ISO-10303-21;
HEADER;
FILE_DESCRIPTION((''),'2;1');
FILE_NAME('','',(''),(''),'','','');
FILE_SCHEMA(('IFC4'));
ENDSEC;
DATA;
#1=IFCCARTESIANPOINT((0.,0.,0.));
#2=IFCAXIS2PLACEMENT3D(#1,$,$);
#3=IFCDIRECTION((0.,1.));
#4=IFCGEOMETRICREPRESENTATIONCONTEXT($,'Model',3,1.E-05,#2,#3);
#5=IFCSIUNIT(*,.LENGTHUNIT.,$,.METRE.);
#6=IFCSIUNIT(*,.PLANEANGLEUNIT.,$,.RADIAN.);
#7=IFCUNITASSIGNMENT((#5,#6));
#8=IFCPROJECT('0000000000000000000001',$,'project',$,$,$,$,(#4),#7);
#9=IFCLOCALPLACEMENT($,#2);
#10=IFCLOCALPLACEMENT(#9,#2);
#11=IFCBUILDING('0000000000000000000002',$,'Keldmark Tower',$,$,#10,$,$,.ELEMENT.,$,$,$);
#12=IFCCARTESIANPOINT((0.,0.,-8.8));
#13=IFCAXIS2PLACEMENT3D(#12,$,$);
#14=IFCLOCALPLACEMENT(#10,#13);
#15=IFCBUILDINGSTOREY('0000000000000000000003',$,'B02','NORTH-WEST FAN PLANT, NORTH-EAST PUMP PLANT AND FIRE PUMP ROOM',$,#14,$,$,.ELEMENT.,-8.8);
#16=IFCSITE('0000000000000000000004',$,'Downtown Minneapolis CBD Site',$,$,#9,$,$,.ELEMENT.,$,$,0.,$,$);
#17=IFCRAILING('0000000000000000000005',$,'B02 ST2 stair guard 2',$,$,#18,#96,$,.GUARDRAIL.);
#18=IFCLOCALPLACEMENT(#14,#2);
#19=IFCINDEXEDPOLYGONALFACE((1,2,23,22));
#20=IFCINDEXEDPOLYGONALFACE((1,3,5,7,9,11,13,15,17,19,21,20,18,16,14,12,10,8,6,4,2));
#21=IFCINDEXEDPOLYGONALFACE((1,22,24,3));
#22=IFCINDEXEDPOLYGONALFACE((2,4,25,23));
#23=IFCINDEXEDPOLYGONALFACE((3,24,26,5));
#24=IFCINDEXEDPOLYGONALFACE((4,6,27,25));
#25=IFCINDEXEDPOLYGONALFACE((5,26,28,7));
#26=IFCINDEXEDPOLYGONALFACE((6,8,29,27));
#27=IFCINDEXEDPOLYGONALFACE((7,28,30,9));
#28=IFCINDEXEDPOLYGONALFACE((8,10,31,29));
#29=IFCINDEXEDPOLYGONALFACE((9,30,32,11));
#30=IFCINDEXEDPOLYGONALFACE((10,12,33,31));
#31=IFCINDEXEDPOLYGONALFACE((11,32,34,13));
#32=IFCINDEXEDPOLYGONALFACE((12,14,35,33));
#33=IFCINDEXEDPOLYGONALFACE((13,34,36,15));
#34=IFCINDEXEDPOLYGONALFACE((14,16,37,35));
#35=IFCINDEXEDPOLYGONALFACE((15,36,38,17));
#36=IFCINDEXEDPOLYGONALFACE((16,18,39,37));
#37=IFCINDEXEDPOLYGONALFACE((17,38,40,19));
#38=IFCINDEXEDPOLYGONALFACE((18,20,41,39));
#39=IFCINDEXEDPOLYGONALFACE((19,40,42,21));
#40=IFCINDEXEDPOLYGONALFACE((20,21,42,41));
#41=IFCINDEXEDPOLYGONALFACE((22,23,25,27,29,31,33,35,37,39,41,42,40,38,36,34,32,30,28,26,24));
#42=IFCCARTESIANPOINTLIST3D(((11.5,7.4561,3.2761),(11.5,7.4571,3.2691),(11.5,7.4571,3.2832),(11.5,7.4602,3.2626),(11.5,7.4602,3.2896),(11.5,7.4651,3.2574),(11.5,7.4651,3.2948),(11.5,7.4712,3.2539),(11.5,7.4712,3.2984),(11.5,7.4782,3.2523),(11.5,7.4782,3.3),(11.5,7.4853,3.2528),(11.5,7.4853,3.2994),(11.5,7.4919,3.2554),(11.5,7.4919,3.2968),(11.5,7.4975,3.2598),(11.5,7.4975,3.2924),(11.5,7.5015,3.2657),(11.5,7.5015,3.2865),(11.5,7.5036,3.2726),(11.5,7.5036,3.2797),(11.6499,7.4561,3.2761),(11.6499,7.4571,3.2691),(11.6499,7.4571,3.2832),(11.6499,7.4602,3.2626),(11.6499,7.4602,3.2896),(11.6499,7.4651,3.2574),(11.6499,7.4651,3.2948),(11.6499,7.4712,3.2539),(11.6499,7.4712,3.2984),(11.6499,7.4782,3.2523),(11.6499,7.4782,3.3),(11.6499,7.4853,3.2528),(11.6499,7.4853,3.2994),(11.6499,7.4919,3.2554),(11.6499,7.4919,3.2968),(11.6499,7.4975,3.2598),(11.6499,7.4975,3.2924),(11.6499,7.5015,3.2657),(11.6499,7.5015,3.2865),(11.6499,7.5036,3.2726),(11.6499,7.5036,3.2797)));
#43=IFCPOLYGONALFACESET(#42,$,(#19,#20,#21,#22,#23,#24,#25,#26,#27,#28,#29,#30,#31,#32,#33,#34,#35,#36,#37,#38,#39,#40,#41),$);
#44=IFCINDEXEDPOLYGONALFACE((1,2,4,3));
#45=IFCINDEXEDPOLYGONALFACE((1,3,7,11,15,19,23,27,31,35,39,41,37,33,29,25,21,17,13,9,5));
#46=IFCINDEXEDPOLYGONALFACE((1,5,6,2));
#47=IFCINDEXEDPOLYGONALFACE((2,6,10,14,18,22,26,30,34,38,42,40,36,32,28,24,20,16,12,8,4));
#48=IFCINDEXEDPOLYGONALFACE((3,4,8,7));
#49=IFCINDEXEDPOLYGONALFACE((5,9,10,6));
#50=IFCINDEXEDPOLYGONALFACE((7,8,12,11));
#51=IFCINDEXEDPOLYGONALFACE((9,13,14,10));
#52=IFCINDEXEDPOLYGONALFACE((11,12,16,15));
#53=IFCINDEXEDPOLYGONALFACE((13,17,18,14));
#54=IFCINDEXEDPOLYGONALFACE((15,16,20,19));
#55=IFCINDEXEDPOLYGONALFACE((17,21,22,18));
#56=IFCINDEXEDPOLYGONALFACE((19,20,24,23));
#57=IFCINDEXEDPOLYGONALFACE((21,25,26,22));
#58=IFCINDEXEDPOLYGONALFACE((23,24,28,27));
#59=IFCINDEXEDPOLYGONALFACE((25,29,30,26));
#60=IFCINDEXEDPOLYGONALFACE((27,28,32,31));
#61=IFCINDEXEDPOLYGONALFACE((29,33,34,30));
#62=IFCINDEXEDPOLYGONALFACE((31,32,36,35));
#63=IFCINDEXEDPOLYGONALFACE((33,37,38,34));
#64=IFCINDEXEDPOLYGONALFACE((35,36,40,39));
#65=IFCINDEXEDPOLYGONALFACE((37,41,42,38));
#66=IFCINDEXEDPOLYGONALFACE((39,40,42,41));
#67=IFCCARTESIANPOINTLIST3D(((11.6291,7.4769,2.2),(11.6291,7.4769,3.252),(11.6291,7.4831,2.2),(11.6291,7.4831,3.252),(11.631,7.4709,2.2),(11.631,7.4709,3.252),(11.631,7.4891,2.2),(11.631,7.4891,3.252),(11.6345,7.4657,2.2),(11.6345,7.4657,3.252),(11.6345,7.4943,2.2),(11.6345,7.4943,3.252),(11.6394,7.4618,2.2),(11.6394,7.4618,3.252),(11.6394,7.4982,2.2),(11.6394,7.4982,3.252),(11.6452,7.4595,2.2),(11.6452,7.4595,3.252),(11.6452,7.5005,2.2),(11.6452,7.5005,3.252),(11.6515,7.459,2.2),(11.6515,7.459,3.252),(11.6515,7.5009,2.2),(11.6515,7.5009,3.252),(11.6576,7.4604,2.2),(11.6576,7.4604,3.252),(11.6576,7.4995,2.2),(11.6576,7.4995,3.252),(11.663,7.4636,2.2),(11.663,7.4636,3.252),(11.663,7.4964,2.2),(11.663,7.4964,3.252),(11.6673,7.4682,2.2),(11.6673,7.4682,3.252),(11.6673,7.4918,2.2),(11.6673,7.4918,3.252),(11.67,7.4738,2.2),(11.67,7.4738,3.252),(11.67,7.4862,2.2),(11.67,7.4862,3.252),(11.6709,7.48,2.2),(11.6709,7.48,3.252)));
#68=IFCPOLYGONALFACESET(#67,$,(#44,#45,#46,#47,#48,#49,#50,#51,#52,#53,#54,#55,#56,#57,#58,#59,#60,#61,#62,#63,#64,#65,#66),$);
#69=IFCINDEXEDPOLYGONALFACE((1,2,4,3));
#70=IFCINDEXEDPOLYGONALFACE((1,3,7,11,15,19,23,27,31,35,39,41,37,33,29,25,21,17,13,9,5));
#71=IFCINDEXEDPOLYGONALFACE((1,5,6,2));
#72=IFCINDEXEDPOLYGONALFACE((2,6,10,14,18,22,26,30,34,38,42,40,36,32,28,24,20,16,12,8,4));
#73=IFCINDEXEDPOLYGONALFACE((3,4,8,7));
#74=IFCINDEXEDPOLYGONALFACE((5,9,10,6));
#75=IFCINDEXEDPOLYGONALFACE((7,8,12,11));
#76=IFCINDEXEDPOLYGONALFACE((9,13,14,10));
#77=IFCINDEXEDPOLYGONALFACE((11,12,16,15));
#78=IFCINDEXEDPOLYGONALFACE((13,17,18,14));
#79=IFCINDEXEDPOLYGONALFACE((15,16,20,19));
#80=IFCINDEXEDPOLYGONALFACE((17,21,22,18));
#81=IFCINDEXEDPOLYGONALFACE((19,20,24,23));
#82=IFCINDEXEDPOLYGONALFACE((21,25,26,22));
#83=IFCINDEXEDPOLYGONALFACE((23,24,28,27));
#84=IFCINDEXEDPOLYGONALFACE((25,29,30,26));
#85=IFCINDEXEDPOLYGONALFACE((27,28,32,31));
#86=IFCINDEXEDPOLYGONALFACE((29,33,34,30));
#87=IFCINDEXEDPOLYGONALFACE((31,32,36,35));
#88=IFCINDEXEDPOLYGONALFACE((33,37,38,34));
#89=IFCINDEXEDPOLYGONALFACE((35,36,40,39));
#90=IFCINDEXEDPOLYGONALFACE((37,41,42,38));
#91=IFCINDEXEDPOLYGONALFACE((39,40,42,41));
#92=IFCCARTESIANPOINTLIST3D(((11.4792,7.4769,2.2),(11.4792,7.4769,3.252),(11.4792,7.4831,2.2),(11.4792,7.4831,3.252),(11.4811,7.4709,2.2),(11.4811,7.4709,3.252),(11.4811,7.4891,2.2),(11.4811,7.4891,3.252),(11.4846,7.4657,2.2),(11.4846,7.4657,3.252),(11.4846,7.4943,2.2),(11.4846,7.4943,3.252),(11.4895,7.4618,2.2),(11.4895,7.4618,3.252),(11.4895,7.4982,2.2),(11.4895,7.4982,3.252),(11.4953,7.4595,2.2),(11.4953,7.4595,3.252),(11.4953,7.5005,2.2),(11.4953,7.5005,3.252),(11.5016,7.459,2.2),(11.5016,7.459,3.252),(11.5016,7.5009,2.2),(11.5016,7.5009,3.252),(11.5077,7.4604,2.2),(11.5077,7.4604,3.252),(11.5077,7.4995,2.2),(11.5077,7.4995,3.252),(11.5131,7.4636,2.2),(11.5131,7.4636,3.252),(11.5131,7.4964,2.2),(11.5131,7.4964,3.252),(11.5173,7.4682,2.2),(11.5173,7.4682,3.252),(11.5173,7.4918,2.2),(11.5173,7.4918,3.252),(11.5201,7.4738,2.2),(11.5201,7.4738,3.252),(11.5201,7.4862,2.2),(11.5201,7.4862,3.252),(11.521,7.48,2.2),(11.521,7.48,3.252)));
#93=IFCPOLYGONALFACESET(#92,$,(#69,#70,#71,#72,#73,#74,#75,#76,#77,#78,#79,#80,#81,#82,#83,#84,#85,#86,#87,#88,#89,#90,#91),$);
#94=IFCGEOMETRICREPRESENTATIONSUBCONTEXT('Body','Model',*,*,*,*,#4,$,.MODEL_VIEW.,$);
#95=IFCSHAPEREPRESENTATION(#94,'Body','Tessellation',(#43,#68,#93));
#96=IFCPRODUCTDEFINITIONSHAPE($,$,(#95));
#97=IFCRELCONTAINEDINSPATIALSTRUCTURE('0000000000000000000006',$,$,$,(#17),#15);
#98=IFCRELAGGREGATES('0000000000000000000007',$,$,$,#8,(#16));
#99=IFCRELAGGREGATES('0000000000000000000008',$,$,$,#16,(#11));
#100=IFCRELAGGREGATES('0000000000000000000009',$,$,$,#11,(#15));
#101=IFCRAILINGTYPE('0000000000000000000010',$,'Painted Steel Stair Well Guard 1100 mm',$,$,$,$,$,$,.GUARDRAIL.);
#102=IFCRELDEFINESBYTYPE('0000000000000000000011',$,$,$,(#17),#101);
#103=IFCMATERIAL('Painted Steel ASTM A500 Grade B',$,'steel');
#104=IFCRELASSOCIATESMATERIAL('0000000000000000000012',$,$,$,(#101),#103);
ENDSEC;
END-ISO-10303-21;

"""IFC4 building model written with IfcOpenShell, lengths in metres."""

from ifc_helpers import new_model, si_unit, direction, frame, origin, origin_2d, place, context, subcontext, project, spatial, circle, extrude, material, type_object, element, save


model = new_model("IFC4")

# Units and contexts
model_context = context("Model", 3, precision=1e-05, world=origin(), true_north=direction((0.0, 1.0)))
body_context = subcontext(model_context, "Body", "Model", "MODEL_VIEW")
ifc_project = project(units=[si_unit("LENGTHUNIT", "METRE"), si_unit("PLANEANGLEUNIT", "RADIAN")], contexts=[model_context])

# Site, building, storey
site_placement = place(None, origin())
site = spatial("IfcSite", under=ifc_project, at=site_placement, Name="Downtown Minneapolis CBD Site", CompositionType="ELEMENT", RefElevation=0.0)
building_placement = place(site_placement, origin())
building = spatial("IfcBuilding", under=site, at=building_placement, Name="Keldmark Tower", CompositionType="ELEMENT")
storey_placement = place(building_placement, frame((0.0, 0.0, -8.8)))
storey = spatial("IfcBuildingStorey", under=building, at=storey_placement, Name="B02", Description="NORTH-WEST FAN PLANT, NORTH-EAST PUMP PLANT AND FIRE PUMP ROOM", CompositionType="ELEMENT", Elevation=-8.8)

# Railing
ifc_material_1 = material(Name="Painted Steel ASTM A500 Grade B", Category="steel")
railing_type_1 = type_object("IfcRailingType", Name="Painted Steel Stair Well Guard 1100 mm", PredefinedType="GUARDRAIL", material=ifc_material_1)
railing_1_placement = place(storey_placement, frame((11.6499, 7.48, 2.2)))
element("IfcRailing", 1, at=railing_1_placement, inside=storey, type_object=railing_type_1, Name="B02 ST2 stair guard 2", PredefinedType="GUARDRAIL", context=body_context, shape_type="SweptSolid", body=[
    extrude(circle(Radius=0.0239, at=origin_2d()), frame((0.0, 0.0, 1.0762), z_axis=(-1.0, 0.0, 0.0), x_axis=(0.0, -1.0, 0.0)), (0.0, 0.0, 1.0), 0.1499),
    extrude(circle(Radius=0.021, at=origin_2d()), origin(), (0.0, 0.0, 1.0), 1.052),
    extrude(circle(Radius=0.021, at=origin_2d()), frame((-0.1499, 0.0, 0.0)), (0.0, 0.0, 1.0), 1.052),
])

save(model, "model.ifc")
